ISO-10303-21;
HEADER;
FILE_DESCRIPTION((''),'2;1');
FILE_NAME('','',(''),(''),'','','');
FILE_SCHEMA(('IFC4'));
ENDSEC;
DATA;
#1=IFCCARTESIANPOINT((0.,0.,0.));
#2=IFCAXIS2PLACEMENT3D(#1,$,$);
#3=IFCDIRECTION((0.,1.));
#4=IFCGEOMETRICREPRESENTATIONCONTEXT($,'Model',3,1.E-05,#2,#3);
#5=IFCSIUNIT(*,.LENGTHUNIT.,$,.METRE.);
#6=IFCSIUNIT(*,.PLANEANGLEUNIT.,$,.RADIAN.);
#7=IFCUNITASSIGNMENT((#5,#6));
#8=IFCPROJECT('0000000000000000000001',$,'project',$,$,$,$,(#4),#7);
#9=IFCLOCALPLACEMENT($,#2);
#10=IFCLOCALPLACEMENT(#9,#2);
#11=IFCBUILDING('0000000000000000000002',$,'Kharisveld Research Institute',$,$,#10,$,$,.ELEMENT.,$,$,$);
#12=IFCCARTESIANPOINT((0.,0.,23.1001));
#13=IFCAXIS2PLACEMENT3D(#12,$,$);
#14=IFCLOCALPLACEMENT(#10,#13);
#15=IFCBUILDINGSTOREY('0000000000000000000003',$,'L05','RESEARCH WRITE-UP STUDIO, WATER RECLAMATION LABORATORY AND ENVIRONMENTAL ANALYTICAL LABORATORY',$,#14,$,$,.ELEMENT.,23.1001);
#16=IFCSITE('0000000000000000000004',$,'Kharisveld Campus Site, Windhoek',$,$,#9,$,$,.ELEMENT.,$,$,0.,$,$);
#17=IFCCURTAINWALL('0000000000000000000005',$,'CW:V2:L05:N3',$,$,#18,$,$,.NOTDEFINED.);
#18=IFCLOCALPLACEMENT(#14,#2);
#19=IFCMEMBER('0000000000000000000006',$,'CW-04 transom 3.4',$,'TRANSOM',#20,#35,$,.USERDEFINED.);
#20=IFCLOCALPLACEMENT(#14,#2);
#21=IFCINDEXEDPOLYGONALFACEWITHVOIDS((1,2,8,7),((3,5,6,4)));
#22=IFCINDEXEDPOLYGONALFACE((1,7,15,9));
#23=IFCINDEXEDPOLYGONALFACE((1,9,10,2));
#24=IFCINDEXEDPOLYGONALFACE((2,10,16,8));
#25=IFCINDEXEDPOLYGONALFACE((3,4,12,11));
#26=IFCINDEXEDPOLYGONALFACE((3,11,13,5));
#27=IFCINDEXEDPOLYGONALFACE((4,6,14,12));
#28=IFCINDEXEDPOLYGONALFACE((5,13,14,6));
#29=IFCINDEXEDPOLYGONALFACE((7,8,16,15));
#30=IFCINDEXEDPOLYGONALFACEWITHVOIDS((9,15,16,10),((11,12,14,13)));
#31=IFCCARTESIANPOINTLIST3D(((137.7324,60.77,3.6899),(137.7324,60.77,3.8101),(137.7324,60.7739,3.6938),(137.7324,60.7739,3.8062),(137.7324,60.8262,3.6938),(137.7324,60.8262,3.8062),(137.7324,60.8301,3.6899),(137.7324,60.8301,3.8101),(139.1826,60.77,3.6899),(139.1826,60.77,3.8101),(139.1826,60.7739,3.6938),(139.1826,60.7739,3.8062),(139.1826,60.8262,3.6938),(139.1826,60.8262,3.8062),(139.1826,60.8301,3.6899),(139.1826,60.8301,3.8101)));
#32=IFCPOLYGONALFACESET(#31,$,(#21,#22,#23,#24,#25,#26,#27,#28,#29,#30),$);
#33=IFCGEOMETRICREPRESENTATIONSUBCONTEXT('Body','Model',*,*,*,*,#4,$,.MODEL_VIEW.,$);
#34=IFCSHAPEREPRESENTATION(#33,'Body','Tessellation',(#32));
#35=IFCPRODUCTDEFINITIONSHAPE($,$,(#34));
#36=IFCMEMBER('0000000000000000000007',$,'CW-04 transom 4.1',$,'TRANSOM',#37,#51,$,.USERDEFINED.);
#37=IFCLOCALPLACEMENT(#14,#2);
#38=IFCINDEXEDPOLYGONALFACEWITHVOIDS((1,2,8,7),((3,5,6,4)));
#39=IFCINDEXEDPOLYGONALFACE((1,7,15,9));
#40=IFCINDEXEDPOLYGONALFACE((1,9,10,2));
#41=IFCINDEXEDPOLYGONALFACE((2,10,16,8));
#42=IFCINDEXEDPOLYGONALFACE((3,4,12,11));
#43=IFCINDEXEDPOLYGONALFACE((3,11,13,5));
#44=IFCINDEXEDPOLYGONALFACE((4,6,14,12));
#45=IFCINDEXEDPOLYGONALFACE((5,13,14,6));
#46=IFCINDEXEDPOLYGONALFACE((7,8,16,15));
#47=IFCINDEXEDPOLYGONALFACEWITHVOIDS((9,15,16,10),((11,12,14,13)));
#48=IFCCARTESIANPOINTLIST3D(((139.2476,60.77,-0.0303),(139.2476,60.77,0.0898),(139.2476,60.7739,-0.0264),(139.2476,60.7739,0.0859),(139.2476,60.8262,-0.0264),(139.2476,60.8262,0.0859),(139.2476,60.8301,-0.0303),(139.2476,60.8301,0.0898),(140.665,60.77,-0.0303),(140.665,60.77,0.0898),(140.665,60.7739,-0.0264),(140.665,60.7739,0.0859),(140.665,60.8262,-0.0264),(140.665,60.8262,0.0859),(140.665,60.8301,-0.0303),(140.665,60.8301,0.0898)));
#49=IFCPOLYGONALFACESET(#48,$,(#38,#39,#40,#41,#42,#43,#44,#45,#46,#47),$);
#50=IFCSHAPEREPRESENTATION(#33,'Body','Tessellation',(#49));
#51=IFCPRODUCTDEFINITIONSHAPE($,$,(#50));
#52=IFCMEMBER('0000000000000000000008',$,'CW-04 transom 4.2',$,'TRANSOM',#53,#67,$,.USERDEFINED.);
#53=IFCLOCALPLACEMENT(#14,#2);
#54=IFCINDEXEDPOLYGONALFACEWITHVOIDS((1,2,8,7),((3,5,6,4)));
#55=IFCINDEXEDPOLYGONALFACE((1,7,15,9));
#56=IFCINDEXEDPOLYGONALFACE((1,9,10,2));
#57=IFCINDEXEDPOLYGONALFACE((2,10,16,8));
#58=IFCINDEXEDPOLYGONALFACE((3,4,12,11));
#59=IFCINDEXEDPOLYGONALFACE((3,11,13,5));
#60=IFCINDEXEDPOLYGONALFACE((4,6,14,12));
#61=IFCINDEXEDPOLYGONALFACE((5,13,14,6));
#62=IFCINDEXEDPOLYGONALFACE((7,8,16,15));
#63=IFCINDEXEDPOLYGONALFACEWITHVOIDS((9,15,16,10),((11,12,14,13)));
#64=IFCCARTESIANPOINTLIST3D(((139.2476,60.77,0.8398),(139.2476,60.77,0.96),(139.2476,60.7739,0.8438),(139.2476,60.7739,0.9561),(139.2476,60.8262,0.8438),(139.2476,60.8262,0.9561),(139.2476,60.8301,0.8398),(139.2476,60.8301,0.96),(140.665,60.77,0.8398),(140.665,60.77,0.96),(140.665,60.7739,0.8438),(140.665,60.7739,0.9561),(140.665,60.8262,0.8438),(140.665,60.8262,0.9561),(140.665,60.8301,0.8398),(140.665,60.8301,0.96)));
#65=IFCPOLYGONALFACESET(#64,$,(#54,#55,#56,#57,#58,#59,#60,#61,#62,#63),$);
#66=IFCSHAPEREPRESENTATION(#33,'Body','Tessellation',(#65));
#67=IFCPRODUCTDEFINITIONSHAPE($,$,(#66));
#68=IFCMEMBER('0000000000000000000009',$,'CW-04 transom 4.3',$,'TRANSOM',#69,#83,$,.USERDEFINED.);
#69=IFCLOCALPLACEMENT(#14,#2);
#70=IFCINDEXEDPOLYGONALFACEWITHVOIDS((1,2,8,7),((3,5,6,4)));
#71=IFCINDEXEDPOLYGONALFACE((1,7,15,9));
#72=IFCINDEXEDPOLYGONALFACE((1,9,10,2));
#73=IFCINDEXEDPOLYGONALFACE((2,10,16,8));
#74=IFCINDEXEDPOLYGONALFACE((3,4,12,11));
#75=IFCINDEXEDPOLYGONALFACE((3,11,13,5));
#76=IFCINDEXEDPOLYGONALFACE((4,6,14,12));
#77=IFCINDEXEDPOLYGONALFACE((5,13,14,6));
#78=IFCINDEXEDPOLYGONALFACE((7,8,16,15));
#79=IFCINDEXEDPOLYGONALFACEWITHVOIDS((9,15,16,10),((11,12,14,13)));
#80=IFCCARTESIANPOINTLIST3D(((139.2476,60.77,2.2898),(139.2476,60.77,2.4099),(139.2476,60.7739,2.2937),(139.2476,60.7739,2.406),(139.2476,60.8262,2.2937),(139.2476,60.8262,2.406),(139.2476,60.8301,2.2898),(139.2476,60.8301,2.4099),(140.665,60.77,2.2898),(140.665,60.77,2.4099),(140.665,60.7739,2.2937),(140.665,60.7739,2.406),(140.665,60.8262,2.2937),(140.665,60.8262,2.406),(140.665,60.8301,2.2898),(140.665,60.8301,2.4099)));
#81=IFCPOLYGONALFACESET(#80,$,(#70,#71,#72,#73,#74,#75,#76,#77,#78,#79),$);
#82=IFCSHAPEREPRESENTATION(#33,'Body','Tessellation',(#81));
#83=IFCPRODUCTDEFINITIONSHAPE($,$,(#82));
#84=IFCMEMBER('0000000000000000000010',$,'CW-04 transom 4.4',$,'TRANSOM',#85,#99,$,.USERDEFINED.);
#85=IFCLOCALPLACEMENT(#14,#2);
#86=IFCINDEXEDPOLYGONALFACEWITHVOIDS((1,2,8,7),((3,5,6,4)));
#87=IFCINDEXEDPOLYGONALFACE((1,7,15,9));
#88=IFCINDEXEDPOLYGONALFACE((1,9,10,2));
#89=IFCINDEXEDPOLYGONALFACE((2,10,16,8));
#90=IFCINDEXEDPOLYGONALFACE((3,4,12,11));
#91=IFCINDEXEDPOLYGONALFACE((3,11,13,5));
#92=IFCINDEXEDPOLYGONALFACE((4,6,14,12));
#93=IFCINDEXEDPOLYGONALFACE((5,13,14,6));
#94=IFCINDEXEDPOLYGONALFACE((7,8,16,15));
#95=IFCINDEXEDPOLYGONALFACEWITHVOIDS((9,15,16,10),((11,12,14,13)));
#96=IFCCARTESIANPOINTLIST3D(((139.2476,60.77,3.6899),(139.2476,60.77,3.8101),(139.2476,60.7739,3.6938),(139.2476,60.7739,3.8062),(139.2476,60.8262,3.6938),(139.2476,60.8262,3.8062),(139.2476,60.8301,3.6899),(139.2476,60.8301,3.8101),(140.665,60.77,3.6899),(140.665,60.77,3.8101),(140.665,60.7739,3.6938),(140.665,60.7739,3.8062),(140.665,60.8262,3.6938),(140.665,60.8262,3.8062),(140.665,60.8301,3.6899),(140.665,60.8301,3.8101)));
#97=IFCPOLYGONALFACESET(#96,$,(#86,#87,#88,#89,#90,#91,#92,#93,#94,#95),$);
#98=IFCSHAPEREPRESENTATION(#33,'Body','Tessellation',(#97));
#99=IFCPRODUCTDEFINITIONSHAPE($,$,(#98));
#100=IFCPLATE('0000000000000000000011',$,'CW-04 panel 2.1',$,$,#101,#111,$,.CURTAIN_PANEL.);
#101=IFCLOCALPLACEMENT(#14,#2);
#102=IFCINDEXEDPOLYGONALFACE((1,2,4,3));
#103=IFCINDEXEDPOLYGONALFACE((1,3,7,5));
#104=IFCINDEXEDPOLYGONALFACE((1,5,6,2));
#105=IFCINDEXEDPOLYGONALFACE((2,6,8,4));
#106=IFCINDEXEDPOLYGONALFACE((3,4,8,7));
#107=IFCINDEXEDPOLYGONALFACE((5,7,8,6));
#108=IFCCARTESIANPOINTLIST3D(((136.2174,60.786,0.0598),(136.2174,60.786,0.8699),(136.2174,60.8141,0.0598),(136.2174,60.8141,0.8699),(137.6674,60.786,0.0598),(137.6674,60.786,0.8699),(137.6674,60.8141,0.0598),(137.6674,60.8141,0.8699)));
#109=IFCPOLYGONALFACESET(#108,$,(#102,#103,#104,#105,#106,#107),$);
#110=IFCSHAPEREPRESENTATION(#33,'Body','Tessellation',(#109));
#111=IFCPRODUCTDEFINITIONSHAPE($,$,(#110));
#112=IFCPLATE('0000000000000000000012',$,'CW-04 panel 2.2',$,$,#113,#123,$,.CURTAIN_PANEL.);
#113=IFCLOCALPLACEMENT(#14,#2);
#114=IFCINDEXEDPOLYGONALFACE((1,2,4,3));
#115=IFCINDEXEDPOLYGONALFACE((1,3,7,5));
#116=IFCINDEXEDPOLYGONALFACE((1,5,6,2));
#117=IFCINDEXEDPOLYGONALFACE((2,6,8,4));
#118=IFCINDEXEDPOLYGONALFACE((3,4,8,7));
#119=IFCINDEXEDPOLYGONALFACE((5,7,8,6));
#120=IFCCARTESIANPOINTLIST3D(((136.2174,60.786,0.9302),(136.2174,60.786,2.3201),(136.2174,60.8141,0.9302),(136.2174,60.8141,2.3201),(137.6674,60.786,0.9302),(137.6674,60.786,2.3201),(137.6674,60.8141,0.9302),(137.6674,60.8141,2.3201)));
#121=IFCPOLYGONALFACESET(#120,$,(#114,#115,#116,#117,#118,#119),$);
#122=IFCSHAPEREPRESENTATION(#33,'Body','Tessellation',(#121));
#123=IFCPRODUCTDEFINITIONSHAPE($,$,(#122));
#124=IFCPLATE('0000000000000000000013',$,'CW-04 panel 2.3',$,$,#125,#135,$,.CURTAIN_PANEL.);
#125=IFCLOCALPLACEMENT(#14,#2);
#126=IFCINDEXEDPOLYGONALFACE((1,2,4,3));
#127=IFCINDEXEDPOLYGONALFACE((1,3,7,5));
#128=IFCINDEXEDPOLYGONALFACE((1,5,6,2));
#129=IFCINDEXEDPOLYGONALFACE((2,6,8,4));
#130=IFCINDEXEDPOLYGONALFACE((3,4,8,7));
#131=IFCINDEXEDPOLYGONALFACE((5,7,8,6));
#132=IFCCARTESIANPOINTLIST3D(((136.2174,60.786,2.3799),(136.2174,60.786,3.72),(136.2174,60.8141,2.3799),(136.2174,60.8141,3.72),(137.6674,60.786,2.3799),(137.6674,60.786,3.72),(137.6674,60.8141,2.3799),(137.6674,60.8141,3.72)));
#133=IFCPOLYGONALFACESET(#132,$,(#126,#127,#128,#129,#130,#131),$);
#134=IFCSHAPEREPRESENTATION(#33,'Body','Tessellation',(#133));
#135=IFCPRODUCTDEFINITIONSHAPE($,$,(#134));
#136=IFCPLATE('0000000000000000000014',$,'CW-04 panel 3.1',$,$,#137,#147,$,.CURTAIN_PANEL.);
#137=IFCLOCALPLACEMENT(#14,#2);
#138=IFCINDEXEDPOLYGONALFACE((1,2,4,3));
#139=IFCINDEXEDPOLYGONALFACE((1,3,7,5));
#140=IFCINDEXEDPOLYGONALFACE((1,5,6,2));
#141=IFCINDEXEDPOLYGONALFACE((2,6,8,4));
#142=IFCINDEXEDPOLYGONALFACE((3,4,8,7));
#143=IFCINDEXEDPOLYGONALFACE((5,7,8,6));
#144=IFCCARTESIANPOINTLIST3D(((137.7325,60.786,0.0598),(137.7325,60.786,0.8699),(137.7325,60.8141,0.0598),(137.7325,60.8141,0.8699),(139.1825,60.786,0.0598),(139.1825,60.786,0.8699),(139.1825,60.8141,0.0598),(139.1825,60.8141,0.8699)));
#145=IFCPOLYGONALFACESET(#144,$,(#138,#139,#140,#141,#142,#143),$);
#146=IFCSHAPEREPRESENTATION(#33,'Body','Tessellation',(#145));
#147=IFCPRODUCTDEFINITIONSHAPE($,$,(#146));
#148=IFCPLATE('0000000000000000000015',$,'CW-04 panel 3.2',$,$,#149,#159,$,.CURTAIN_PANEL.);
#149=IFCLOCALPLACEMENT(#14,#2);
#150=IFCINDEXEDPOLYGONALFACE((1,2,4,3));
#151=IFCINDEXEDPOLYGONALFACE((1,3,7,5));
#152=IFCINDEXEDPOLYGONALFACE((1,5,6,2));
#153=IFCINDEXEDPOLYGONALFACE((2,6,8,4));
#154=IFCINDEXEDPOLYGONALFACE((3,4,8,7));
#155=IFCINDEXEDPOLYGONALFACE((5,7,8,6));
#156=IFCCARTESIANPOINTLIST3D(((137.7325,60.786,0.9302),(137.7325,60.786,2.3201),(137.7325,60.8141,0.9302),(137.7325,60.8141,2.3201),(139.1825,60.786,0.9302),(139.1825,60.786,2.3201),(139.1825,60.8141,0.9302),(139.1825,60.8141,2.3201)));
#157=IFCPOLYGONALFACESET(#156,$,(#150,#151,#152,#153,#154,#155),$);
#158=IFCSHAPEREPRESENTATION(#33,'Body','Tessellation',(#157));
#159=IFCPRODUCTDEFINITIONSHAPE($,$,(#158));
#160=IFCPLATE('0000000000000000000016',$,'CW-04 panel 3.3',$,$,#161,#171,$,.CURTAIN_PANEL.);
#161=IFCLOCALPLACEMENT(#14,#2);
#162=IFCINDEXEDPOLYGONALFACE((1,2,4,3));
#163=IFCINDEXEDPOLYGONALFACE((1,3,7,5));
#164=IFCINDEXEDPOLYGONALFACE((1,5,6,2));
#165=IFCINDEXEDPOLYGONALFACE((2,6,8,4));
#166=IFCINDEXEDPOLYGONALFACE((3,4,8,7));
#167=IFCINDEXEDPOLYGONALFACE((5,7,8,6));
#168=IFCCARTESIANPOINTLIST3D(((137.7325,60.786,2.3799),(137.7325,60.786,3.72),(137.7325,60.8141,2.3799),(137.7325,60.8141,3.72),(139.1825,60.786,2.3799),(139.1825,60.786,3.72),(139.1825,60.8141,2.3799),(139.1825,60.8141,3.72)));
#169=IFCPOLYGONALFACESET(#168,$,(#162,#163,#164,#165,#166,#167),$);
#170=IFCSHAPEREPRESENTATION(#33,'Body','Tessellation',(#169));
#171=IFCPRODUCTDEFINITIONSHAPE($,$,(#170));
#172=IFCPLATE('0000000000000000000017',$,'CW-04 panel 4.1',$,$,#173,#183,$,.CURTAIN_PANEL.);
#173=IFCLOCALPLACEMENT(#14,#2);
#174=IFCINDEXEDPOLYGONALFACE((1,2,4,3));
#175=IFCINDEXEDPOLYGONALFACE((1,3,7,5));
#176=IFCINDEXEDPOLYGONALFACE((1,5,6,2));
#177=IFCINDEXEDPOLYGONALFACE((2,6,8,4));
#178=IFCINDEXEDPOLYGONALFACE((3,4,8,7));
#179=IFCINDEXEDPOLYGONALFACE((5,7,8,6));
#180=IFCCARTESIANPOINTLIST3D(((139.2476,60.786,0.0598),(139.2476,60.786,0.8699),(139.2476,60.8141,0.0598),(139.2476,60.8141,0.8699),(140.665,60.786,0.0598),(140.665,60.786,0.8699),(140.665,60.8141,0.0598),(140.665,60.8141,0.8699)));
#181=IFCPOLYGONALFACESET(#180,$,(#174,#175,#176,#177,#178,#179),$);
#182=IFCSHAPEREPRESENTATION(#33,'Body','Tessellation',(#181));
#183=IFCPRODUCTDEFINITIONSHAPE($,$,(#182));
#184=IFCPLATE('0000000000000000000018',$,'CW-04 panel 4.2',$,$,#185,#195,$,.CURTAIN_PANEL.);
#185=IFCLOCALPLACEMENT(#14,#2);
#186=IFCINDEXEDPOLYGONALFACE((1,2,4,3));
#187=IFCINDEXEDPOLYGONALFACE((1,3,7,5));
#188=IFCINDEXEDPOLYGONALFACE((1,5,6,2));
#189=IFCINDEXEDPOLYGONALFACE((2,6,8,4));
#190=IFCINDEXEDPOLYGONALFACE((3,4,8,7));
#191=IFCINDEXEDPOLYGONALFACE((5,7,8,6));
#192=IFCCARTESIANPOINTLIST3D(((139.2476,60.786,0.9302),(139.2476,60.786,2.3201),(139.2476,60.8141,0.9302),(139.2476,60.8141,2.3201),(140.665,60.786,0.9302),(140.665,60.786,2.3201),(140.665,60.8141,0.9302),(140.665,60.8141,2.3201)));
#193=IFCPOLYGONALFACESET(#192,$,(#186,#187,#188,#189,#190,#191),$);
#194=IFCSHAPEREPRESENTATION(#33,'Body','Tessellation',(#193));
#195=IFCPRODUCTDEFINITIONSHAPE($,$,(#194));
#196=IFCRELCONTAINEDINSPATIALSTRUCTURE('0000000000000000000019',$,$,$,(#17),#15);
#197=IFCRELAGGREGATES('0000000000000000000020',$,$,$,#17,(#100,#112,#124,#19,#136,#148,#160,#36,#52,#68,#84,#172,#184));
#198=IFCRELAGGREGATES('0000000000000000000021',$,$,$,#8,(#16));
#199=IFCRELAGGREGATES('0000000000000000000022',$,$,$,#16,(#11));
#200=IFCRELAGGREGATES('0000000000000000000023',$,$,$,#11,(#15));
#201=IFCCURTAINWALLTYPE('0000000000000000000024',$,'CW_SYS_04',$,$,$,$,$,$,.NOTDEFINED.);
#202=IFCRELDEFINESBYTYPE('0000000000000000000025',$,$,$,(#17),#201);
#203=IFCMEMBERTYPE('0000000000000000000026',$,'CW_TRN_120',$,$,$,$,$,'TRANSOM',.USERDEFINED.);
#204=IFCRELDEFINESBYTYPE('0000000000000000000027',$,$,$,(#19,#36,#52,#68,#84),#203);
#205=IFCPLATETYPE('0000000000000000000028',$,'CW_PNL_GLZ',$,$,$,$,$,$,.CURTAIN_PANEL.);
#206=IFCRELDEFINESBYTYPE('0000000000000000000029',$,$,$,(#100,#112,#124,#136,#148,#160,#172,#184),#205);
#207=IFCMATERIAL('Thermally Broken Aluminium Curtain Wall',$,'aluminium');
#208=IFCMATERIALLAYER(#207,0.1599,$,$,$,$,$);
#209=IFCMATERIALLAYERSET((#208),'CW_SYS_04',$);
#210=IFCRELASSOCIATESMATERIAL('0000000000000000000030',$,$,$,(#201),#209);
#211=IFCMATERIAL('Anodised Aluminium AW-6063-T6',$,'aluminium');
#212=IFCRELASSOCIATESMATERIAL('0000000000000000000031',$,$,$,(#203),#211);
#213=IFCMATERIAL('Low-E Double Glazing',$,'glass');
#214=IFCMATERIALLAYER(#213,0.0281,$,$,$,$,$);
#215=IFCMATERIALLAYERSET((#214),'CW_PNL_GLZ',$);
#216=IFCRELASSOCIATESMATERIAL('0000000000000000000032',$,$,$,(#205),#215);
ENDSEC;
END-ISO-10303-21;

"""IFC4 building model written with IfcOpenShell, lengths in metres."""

from ifc_helpers import new_model, si_unit, direction, frame, origin, origin_2d, place, context, subcontext, project, spatial, rectangle, hollow_rectangle, extrude, material, layer, layer_set, material_profile, profile_set, type_object, element, aggregate, save


model = new_model("IFC4")

# Units and contexts
model_context = context("Model", 3, precision=1e-05, world=origin(), true_north=direction((0.0, 1.0)))
body_context = subcontext(model_context, "Body", "Model", "MODEL_VIEW")
ifc_project = project(units=[si_unit("LENGTHUNIT", "METRE"), si_unit("PLANEANGLEUNIT", "RADIAN")], contexts=[model_context])

# Site, building, storey
site_placement = place(None, origin())
site = spatial("IfcSite", under=ifc_project, at=site_placement, Name="Kharisveld Campus Site, Windhoek", CompositionType="ELEMENT", RefElevation=0.0)
building_placement = place(site_placement, origin())
building = spatial("IfcBuilding", under=site, at=building_placement, Name="Kharisveld Research Institute", CompositionType="ELEMENT")
storey_placement = place(building_placement, frame((0.0, 0.0, 23.1001)))
storey = spatial("IfcBuildingStorey", under=building, at=storey_placement, Name="L05", Description="RESEARCH WRITE-UP STUDIO, WATER RECLAMATION LABORATORY AND ENVIRONMENTAL ANALYTICAL LABORATORY", CompositionType="ELEMENT", Elevation=23.1001)

# Curtain wall, members, plates
ifc_material_1 = material(Name="Thermally Broken Aluminium Curtain Wall", Category="aluminium")
ifc_layer_1 = layer(ifc_material_1, 0.1599)
ifc_layer_set_1 = layer_set([ifc_layer_1], Name="CW_SYS_04")
curtain_wall_type = type_object("IfcCurtainWallType", Name="CW_SYS_04", PredefinedType="NOTDEFINED", material=ifc_layer_set_1)
curtain_wall_placement = place(storey_placement, origin())
curtain_wall = element("IfcCurtainWall", 1, at=curtain_wall_placement, inside=storey, type_object=curtain_wall_type, Name="CW:V2:L05:N3", PredefinedType="NOTDEFINED")
ifc_material_2 = material(Name="Anodised Aluminium AW-6063-T6", Category="aluminium")
ifc_material_profile_1 = material_profile(ifc_material_2, hollow_rectangle(XDim=0.0601, YDim=0.1201, WallThickness=0.0039, at=origin_2d()))
ifc_profile_set_1 = profile_set([ifc_material_profile_1], Name="Anodised Aluminium AW-6063-T6")
member_type_1 = type_object("IfcMemberType", Name="CW_TRN_120", ElementType="TRANSOM", PredefinedType="USERDEFINED", material=ifc_profile_set_1)
member_1_placement = place(storey_placement, frame((137.7324, 60.8, 3.75), z_axis=(1.0, 0.0, 0.0), x_axis=(0.0, 1.0, 0.0)))
member_1 = element("IfcMember", 2, at=member_1_placement, type_object=member_type_1, Name="CW-04 transom 3.4", ObjectType="TRANSOM", PredefinedType="USERDEFINED", context=body_context, shape_type="SweptSolid", body=[
    extrude(hollow_rectangle(XDim=0.0601, YDim=0.1201, WallThickness=0.0039, at=origin_2d()), origin(), (0.0, 0.0, 1.0), 1.4502),
])
member_2_placement = place(storey_placement, frame((139.2476, 60.8, 0.0298), z_axis=(1.0, 0.0, 0.0), x_axis=(0.0, 1.0, 0.0)))
member_2 = element("IfcMember", 3, at=member_2_placement, type_object=member_type_1, Name="CW-04 transom 4.1", ObjectType="TRANSOM", PredefinedType="USERDEFINED", context=body_context, shape_type="SweptSolid", body=[
    extrude(hollow_rectangle(XDim=0.0601, YDim=0.1201, WallThickness=0.0039, at=origin_2d()), origin(), (0.0, 0.0, 1.0), 1.4175),
])
member_3_placement = place(storey_placement, frame((139.2476, 60.8, 0.8999), z_axis=(1.0, 0.0, 0.0), x_axis=(0.0, 1.0, 0.0)))
member_3 = element("IfcMember", 4, at=member_3_placement, type_object=member_type_1, Name="CW-04 transom 4.2", ObjectType="TRANSOM", PredefinedType="USERDEFINED", context=body_context, shape_type="SweptSolid", body=[
    extrude(hollow_rectangle(XDim=0.0601, YDim=0.1201, WallThickness=0.0039, at=origin_2d()), origin(), (0.0, 0.0, 1.0), 1.4175),
])
member_4_placement = place(storey_placement, frame((139.2476, 60.8, 2.3499), z_axis=(1.0, 0.0, 0.0), x_axis=(0.0, 1.0, 0.0)))
member_4 = element("IfcMember", 5, at=member_4_placement, type_object=member_type_1, Name="CW-04 transom 4.3", ObjectType="TRANSOM", PredefinedType="USERDEFINED", context=body_context, shape_type="SweptSolid", body=[
    extrude(hollow_rectangle(XDim=0.0601, YDim=0.1201, WallThickness=0.0039, at=origin_2d()), origin(), (0.0, 0.0, 1.0), 1.4175),
])
member_5_placement = place(storey_placement, frame((139.2476, 60.8, 3.75), z_axis=(1.0, 0.0, 0.0), x_axis=(0.0, 1.0, 0.0)))
member_5 = element("IfcMember", 6, at=member_5_placement, type_object=member_type_1, Name="CW-04 transom 4.4", ObjectType="TRANSOM", PredefinedType="USERDEFINED", context=body_context, shape_type="SweptSolid", body=[
    extrude(hollow_rectangle(XDim=0.0601, YDim=0.1201, WallThickness=0.0039, at=origin_2d()), origin(), (0.0, 0.0, 1.0), 1.4175),
])
ifc_material_3 = material(Name="Low-E Double Glazing", Category="glass")
ifc_layer_2 = layer(ifc_material_3, 0.0281)
ifc_layer_set_2 = layer_set([ifc_layer_2], Name="CW_PNL_GLZ")
plate_type = type_object("IfcPlateType", Name="CW_PNL_GLZ", PredefinedType="CURTAIN_PANEL", material=ifc_layer_set_2)
plate_1_placement = place(storey_placement, frame((136.9424, 60.8, 0.0598), z_axis=(0.0, 0.0, 1.0), x_axis=(1.0, 0.0, 0.0)))
plate_1 = element("IfcPlate", 7, at=plate_1_placement, type_object=plate_type, Name="CW-04 panel 2.1", PredefinedType="CURTAIN_PANEL", context=body_context, shape_type="SweptSolid", body=[
    extrude(rectangle(XDim=1.45, YDim=0.0281, at=origin_2d()), origin(), (0.0, 0.0, 1.0), 0.8101),
])
plate_2_placement = place(storey_placement, frame((136.9424, 60.8, 0.9302), z_axis=(0.0, 0.0, 1.0), x_axis=(1.0, 0.0, 0.0)))
plate_2 = element("IfcPlate", 8, at=plate_2_placement, type_object=plate_type, Name="CW-04 panel 2.2", PredefinedType="CURTAIN_PANEL", context=body_context, shape_type="SweptSolid", body=[
    extrude(rectangle(XDim=1.45, YDim=0.0281, at=origin_2d()), origin(), (0.0, 0.0, 1.0), 1.3899),
])
plate_3_placement = place(storey_placement, frame((136.9424, 60.8, 2.3799), z_axis=(0.0, 0.0, 1.0), x_axis=(1.0, 0.0, 0.0)))
plate_3 = element("IfcPlate", 9, at=plate_3_placement, type_object=plate_type, Name="CW-04 panel 2.3", PredefinedType="CURTAIN_PANEL", context=body_context, shape_type="SweptSolid", body=[
    extrude(rectangle(XDim=1.45, YDim=0.0281, at=origin_2d()), origin(), (0.0, 0.0, 1.0), 1.3401),
])
plate_4_placement = place(storey_placement, frame((138.4575, 60.8, 0.0598), z_axis=(0.0, 0.0, 1.0), x_axis=(1.0, 0.0, 0.0)))
plate_4 = element("IfcPlate", 10, at=plate_4_placement, type_object=plate_type, Name="CW-04 panel 3.1", PredefinedType="CURTAIN_PANEL", context=body_context, shape_type="SweptSolid", body=[
    extrude(rectangle(XDim=1.45, YDim=0.0281, at=origin_2d()), origin(), (0.0, 0.0, 1.0), 0.8101),
])
plate_5_placement = place(storey_placement, frame((138.4575, 60.8, 0.9302), z_axis=(0.0, 0.0, 1.0), x_axis=(1.0, 0.0, 0.0)))
plate_5 = element("IfcPlate", 11, at=plate_5_placement, type_object=plate_type, Name="CW-04 panel 3.2", PredefinedType="CURTAIN_PANEL", context=body_context, shape_type="SweptSolid", body=[
    extrude(rectangle(XDim=1.45, YDim=0.0281, at=origin_2d()), origin(), (0.0, 0.0, 1.0), 1.3899),
])
plate_6_placement = place(storey_placement, frame((138.4575, 60.8, 2.3799), z_axis=(0.0, 0.0, 1.0), x_axis=(1.0, 0.0, 0.0)))
plate_6 = element("IfcPlate", 12, at=plate_6_placement, type_object=plate_type, Name="CW-04 panel 3.3", PredefinedType="CURTAIN_PANEL", context=body_context, shape_type="SweptSolid", body=[
    extrude(rectangle(XDim=1.45, YDim=0.0281, at=origin_2d()), origin(), (0.0, 0.0, 1.0), 1.3401),
])
plate_7_placement = place(storey_placement, frame((139.9563, 60.8, 0.0598), z_axis=(0.0, 0.0, 1.0), x_axis=(1.0, 0.0, 0.0)))
plate_7 = element("IfcPlate", 13, at=plate_7_placement, type_object=plate_type, Name="CW-04 panel 4.1", PredefinedType="CURTAIN_PANEL", context=body_context, shape_type="SweptSolid", body=[
    extrude(rectangle(XDim=1.4175, YDim=0.0281, at=origin_2d()), origin(), (0.0, 0.0, 1.0), 0.8101),
])
plate_8_placement = place(storey_placement, frame((139.9563, 60.8, 0.9302), z_axis=(0.0, 0.0, 1.0), x_axis=(1.0, 0.0, 0.0)))
plate_8 = element("IfcPlate", 14, at=plate_8_placement, type_object=plate_type, Name="CW-04 panel 4.2", PredefinedType="CURTAIN_PANEL", context=body_context, shape_type="SweptSolid", body=[
    extrude(rectangle(XDim=1.4175, YDim=0.0281, at=origin_2d()), origin(), (0.0, 0.0, 1.0), 1.3899),
])
aggregate(curtain_wall, [plate_1, plate_2, plate_3, member_1, plate_4, plate_5, plate_6, member_2, member_3, member_4, member_5, plate_7, plate_8])

save(model, "model.ifc")
